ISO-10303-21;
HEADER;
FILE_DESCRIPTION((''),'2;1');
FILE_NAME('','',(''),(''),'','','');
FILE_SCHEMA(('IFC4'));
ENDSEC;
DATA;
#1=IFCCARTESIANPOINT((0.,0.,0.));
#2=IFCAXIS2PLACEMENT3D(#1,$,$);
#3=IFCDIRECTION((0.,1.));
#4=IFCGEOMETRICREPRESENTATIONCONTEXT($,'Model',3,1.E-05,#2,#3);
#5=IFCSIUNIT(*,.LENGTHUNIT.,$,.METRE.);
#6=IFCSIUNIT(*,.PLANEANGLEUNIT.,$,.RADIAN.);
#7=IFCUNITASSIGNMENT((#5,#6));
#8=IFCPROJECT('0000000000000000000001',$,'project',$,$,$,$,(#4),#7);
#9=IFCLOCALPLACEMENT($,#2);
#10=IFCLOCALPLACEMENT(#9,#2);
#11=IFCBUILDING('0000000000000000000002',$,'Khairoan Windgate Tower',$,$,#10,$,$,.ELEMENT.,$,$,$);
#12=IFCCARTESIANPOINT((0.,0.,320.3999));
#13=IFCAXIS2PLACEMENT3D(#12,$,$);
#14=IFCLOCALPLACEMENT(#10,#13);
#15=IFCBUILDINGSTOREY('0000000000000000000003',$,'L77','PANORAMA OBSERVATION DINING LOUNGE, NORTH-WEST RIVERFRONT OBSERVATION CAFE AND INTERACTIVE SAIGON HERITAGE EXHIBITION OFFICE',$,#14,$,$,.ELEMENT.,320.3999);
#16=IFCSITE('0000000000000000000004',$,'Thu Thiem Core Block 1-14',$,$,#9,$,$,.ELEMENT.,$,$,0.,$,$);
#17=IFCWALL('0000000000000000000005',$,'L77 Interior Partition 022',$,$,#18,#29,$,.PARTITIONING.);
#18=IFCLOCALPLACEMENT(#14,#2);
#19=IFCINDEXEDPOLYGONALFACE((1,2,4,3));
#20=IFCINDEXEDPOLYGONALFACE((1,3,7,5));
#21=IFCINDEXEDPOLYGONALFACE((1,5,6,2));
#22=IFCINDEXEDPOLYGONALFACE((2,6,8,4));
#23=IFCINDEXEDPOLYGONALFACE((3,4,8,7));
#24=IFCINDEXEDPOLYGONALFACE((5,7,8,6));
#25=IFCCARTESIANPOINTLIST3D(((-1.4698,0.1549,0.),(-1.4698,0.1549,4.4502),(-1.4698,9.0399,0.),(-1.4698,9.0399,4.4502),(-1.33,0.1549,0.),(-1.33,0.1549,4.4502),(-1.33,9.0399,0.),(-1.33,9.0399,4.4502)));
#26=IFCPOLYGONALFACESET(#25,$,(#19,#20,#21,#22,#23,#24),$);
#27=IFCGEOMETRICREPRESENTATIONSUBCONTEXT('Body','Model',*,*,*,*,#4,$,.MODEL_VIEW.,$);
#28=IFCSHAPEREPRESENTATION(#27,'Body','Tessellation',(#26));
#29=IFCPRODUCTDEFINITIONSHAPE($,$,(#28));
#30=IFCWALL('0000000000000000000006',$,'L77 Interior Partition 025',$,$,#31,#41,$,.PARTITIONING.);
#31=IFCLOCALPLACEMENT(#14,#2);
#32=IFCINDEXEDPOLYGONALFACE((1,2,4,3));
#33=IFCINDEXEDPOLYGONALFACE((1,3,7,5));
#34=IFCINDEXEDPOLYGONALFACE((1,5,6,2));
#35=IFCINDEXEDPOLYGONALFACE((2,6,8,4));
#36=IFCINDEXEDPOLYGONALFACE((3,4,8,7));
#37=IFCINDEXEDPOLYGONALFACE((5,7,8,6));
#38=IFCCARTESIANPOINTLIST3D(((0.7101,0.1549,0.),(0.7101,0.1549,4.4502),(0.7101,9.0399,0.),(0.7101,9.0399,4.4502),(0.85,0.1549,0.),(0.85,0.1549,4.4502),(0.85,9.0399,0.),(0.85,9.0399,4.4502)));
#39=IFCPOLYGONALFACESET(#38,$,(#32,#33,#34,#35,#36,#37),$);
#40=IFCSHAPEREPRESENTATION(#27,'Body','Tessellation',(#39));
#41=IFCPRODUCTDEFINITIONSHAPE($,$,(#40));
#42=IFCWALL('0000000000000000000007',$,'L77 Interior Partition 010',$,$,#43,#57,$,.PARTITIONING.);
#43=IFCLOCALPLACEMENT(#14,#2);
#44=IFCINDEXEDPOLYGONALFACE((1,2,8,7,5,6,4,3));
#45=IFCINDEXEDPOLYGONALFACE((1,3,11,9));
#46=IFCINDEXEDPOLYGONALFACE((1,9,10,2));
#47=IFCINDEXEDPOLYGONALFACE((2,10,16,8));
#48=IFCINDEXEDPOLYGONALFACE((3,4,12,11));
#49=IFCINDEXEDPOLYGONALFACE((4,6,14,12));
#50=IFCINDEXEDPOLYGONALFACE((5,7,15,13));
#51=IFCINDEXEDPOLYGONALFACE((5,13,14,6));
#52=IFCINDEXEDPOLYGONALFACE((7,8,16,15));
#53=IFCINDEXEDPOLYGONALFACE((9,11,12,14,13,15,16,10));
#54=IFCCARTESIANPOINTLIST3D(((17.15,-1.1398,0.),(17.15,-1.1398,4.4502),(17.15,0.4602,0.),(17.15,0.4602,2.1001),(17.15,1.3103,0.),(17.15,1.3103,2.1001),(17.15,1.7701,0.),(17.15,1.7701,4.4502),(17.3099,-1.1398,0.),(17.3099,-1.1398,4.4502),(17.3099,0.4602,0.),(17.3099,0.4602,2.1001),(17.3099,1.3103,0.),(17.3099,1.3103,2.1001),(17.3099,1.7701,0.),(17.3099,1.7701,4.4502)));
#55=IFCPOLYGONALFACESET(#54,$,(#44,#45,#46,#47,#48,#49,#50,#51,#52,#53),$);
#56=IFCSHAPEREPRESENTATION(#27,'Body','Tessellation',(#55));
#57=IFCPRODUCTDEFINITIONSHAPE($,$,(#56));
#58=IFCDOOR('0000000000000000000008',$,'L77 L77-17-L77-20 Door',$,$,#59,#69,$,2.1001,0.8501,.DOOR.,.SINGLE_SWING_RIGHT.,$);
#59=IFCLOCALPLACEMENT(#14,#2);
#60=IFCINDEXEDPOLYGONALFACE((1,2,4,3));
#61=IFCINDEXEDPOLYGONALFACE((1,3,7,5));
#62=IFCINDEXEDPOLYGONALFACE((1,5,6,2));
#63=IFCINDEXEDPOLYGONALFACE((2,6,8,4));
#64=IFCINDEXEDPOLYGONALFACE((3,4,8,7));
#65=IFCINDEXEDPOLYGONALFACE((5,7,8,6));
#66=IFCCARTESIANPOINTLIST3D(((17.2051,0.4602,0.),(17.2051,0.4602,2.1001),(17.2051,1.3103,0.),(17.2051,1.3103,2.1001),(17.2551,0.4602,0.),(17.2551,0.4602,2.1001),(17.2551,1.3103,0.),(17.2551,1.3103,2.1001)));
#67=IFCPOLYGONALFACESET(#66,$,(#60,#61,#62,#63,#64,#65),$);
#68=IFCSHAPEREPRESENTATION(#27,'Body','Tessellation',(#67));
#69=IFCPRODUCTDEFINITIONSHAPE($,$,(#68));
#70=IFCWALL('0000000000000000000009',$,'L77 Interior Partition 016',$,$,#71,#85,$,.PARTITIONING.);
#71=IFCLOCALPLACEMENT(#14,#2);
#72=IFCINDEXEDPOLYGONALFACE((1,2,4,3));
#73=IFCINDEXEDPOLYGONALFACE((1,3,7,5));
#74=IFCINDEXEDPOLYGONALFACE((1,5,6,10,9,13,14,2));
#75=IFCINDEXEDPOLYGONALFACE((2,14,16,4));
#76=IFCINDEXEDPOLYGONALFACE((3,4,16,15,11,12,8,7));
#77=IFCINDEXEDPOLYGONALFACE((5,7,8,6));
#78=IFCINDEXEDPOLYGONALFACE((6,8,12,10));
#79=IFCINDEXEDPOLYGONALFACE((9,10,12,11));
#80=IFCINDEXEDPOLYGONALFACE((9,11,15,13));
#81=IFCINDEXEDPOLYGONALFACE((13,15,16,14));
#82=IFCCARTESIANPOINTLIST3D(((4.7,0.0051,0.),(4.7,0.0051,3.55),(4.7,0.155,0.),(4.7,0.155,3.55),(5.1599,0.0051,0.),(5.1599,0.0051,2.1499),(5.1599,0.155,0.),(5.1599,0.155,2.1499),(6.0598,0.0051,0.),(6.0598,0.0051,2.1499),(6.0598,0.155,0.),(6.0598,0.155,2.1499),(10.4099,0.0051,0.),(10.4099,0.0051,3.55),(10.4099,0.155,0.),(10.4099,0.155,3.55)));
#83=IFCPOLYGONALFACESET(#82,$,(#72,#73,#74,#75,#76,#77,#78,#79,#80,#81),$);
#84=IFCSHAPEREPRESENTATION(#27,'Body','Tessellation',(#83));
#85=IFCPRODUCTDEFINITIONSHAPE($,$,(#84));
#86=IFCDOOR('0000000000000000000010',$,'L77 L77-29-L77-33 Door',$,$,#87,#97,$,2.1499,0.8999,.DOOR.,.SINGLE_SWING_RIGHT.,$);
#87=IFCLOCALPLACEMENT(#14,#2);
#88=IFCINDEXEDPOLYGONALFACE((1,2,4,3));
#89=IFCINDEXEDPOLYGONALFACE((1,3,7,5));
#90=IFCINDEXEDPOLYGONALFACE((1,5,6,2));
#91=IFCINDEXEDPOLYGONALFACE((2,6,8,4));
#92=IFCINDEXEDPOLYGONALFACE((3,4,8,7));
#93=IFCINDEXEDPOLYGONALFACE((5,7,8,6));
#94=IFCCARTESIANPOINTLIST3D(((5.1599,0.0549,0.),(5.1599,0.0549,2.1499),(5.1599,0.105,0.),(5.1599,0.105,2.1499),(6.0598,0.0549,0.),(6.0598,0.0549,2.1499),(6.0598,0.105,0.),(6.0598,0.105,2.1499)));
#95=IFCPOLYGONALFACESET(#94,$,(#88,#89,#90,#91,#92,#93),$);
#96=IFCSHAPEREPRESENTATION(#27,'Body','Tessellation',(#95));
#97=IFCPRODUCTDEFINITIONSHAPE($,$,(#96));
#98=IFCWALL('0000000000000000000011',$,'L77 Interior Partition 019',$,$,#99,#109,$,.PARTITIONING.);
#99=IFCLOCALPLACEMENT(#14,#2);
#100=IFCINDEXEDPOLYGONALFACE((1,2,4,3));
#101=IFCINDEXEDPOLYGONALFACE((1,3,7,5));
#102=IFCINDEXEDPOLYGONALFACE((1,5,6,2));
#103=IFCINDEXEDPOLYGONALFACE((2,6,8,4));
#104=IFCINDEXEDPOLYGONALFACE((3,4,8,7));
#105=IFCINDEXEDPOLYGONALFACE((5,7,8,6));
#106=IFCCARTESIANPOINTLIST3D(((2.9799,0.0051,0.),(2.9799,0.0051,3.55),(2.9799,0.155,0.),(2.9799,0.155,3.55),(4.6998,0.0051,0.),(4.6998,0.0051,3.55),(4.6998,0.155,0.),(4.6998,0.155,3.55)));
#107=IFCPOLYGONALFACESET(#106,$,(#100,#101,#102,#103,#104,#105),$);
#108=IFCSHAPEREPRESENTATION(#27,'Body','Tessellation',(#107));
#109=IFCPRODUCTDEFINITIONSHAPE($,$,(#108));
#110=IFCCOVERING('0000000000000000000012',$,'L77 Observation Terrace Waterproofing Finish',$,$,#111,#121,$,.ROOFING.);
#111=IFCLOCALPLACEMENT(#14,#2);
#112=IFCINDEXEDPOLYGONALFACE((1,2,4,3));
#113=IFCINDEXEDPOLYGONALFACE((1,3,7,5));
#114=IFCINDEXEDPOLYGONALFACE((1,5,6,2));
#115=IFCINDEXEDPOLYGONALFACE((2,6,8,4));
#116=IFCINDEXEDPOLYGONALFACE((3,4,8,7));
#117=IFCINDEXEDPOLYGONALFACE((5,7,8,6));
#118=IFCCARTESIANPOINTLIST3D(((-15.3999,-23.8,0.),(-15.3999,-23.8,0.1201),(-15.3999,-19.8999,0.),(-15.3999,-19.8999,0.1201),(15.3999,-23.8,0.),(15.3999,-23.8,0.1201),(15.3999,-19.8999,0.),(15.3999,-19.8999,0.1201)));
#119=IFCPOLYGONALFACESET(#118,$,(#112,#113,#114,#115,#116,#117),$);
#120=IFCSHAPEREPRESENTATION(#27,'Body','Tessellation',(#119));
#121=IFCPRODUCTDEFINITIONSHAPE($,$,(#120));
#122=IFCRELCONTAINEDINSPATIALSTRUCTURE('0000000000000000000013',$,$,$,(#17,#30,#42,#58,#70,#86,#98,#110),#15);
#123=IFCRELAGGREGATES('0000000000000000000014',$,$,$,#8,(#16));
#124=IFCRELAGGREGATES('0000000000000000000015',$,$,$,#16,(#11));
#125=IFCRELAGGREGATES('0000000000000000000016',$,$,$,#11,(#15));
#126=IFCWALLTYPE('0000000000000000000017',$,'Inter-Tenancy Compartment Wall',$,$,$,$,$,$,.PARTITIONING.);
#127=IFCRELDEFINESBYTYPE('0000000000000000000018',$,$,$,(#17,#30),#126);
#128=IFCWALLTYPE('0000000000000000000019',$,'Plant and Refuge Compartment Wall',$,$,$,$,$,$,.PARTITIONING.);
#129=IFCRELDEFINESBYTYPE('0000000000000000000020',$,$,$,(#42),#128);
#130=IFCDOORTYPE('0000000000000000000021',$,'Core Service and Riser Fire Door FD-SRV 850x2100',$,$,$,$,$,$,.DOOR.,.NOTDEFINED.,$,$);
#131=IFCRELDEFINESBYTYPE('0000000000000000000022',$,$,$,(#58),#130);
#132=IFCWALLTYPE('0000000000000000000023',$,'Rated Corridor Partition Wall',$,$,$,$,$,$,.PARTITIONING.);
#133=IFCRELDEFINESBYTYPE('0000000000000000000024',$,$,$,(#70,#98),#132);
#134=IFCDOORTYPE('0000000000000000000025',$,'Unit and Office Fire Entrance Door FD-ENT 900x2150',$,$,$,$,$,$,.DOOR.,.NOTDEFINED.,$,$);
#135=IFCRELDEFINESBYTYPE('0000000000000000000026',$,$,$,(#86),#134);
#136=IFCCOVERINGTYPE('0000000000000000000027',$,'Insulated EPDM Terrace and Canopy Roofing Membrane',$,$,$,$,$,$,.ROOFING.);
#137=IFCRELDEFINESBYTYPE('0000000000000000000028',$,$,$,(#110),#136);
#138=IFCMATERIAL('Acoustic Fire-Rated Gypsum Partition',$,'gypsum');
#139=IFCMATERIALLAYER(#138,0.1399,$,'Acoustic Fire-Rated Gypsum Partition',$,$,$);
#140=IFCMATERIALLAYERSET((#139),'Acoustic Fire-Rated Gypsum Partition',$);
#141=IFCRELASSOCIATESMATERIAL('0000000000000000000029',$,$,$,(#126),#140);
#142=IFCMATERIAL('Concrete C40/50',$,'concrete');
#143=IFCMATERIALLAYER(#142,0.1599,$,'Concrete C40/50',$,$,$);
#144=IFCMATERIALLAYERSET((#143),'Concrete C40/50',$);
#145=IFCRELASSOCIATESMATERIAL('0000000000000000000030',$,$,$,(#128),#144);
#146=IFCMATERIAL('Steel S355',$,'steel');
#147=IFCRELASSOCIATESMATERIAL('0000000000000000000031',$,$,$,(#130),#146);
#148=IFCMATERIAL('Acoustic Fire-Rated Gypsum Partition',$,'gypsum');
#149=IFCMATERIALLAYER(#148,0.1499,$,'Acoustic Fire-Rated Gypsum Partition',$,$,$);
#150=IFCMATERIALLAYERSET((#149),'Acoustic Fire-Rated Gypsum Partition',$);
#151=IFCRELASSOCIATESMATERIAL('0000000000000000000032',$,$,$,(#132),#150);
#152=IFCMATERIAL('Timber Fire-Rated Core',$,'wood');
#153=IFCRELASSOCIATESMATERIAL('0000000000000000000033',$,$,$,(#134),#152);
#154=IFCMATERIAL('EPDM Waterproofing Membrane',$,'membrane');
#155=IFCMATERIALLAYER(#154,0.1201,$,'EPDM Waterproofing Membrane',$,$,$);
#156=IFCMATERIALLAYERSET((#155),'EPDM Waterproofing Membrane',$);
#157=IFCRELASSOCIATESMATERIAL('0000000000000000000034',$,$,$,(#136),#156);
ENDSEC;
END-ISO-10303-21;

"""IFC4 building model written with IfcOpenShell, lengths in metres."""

from ifc_helpers import new_model, si_unit, direction, frame, frame_2d, origin, place, context, subcontext, project, spatial, polyline, rectangle, outline, extrude, material, layer, layer_set, type_object, element, fill, save


model = new_model("IFC4")

# Units and contexts
model_context = context("Model", 3, precision=1e-05, world=origin(), true_north=direction((0.0, 1.0)))
body_context = subcontext(model_context, "Body", "Model", "MODEL_VIEW")
ifc_project = project(units=[si_unit("LENGTHUNIT", "METRE"), si_unit("PLANEANGLEUNIT", "RADIAN")], contexts=[model_context])

# Site, building, storey
site_placement = place(None, origin())
site = spatial("IfcSite", under=ifc_project, at=site_placement, Name="Thu Thiem Core Block 1-14", CompositionType="ELEMENT", RefElevation=0.0)
building_placement = place(site_placement, origin())
building = spatial("IfcBuilding", under=site, at=building_placement, Name="Khairoan Windgate Tower", CompositionType="ELEMENT")
storey_placement = place(building_placement, frame((0.0, 0.0, 320.3999)))
storey = spatial("IfcBuildingStorey", under=building, at=storey_placement, Name="L77", Description="PANORAMA OBSERVATION DINING LOUNGE, NORTH-WEST RIVERFRONT OBSERVATION CAFE AND INTERACTIVE SAIGON HERITAGE EXHIBITION OFFICE", CompositionType="ELEMENT", Elevation=320.3999)

# Walls
ifc_material_1 = material(Name="Acoustic Fire-Rated Gypsum Partition", Category="gypsum")
ifc_layer_1 = layer(ifc_material_1, 0.1399, Name="Acoustic Fire-Rated Gypsum Partition")
ifc_layer_set_1 = layer_set([ifc_layer_1], Name="Acoustic Fire-Rated Gypsum Partition")
wall_type_1 = type_object("IfcWallType", Name="Inter-Tenancy Compartment Wall", PredefinedType="PARTITIONING", material=ifc_layer_set_1)
for number, where, z_axis, x_axis, name in (
    (1, (-1.3999, 0.155, 0.0), (0.0, 0.0, 1.0), (0.0, 1.0, 0.0), "L77 Interior Partition 022"),
    (2, (0.78, 0.155, 0.0), (0.0, 0.0, 1.0), (0.0, 1.0, 0.0), "L77 Interior Partition 025"),
):
    element("IfcWall", number, at=place(storey_placement, frame(where, z_axis=z_axis, x_axis=x_axis)), inside=storey, type_object=wall_type_1, Name=name, PredefinedType="PARTITIONING", context=body_context, shape_type="SweptSolid", body=[
        extrude(rectangle(XDim=8.885, YDim=0.1399, at=frame_2d((4.4424, 0.0))), origin(), (0.0, 0.0, 1.0), 4.4502),
    ])

# Walls, openings, doors
ifc_material_2 = material(Name="Concrete C40/50", Category="concrete")
ifc_layer_2 = layer(ifc_material_2, 0.1599, Name="Concrete C40/50")
ifc_layer_set_2 = layer_set([ifc_layer_2], Name="Concrete C40/50")
wall_type_2 = type_object("IfcWallType", Name="Plant and Refuge Compartment Wall", PredefinedType="PARTITIONING", material=ifc_layer_set_2)
wall_1_placement = place(storey_placement, frame((17.23, -1.1399, 0.0), z_axis=(0.0, 0.0, 1.0), x_axis=(0.0, 1.0, 0.0)))
wall_1 = element("IfcWall", 3, at=wall_1_placement, inside=storey, type_object=wall_type_2, Name="L77 Interior Partition 010", PredefinedType="PARTITIONING", context=body_context, shape_type="SweptSolid", body=[
    extrude(rectangle(XDim=2.9099, YDim=0.1599, at=frame_2d((1.4551, 0.0))), origin(), (0.0, 0.0, 1.0), 4.4502),
])
opening_1_placement = place(wall_1_placement, frame((1.6001, 0.0, 0.0)))
opening_1 = element("IfcOpeningElement", 4, at=opening_1_placement, cuts=wall_1, PredefinedType="OPENING", context=body_context, shape_type="SweptSolid", body=[
    extrude(rectangle(XDim=0.8501, YDim=2.1001, at=frame_2d((0.425, 1.05))), frame((0.0, 0.0898, 0.0), z_axis=(0.0, -1.0, 0.0), x_axis=(1.0, 0.0, 0.0)), (0.0, 0.0, 1.0), 0.1799),
])
ifc_material_3 = material(Name="Steel S355", Category="steel")
door_type_1 = type_object("IfcDoorType", Name="Core Service and Riser Fire Door FD-SRV 850x2100", OperationType="NOTDEFINED", PredefinedType="DOOR", material=ifc_material_3)
door_1_placement = place(opening_1_placement, origin())
door_1 = element("IfcDoor", 5, at=door_1_placement, inside=storey, type_object=door_type_1, Name="L77 L77-17-L77-20 Door", OperationType="SINGLE_SWING_RIGHT", OverallHeight=2.1001, OverallWidth=0.8501, PredefinedType="DOOR", context=body_context, shape_type="SweptSolid", body=[
    extrude(rectangle(XDim=0.8501, YDim=2.1001, at=frame_2d((0.425, 1.05))), frame((0.0, 0.0249, 0.0), z_axis=(0.0, -1.0, 0.0), x_axis=(1.0, 0.0, 0.0)), (0.0, 0.0, 1.0), 0.05),
])
fill(opening_1, door_1)
ifc_material_4 = material(Name="Acoustic Fire-Rated Gypsum Partition", Category="gypsum")
ifc_layer_3 = layer(ifc_material_4, 0.1499, Name="Acoustic Fire-Rated Gypsum Partition")
ifc_layer_set_3 = layer_set([ifc_layer_3], Name="Acoustic Fire-Rated Gypsum Partition")
wall_type_3 = type_object("IfcWallType", Name="Rated Corridor Partition Wall", PredefinedType="PARTITIONING", material=ifc_layer_set_3)
wall_2_placement = place(storey_placement, frame((4.7, 0.0801, 0.0), z_axis=(0.0, 0.0, 1.0), x_axis=(1.0, 0.0, 0.0)))
wall_2 = element("IfcWall", 6, at=wall_2_placement, inside=storey, type_object=wall_type_3, Name="L77 Interior Partition 016", PredefinedType="PARTITIONING", context=body_context, shape_type="SweptSolid", body=[
    extrude(rectangle(XDim=5.71, YDim=0.1499, at=frame_2d((2.855, 0.0))), origin(), (0.0, 0.0, 1.0), 3.55),
])
opening_2_placement = place(wall_2_placement, frame((0.46, 0.0, 0.0)))
opening_2 = element("IfcOpeningElement", 7, at=opening_2_placement, cuts=wall_2, PredefinedType="OPENING", context=body_context, shape_type="SweptSolid", body=[
    extrude(rectangle(XDim=0.8999, YDim=2.1499, at=frame_2d((0.45, 1.075))), frame((0.0, 0.085, 0.0), z_axis=(0.0, -1.0, 0.0), x_axis=(1.0, 0.0, 0.0)), (0.0, 0.0, 1.0), 0.1699),
])
ifc_material_5 = material(Name="Timber Fire-Rated Core", Category="wood")
door_type_2 = type_object("IfcDoorType", Name="Unit and Office Fire Entrance Door FD-ENT 900x2150", OperationType="NOTDEFINED", PredefinedType="DOOR", material=ifc_material_5)
door_2_placement = place(opening_2_placement, origin())
door_2 = element("IfcDoor", 8, at=door_2_placement, inside=storey, type_object=door_type_2, Name="L77 L77-29-L77-33 Door", OperationType="SINGLE_SWING_RIGHT", OverallHeight=2.1499, OverallWidth=0.8999, PredefinedType="DOOR", context=body_context, shape_type="SweptSolid", body=[
    extrude(rectangle(XDim=0.8999, YDim=2.1499, at=frame_2d((0.45, 1.075))), frame((0.0, 0.0249, 0.0), z_axis=(0.0, -1.0, 0.0), x_axis=(1.0, 0.0, 0.0)), (0.0, 0.0, 1.0), 0.05),
])
fill(opening_2, door_2)

# Wall
wall_3_placement = place(storey_placement, frame((2.98, 0.0801, 0.0), z_axis=(0.0, 0.0, 1.0), x_axis=(1.0, 0.0, 0.0)))
element("IfcWall", 9, at=wall_3_placement, inside=storey, type_object=wall_type_3, Name="L77 Interior Partition 019", PredefinedType="PARTITIONING", context=body_context, shape_type="SweptSolid", body=[
    extrude(rectangle(XDim=1.72, YDim=0.1499, at=frame_2d((0.8599, 0.0))), origin(), (0.0, 0.0, 1.0), 3.55),
])

# Covering
ifc_material_6 = material(Name="EPDM Waterproofing Membrane", Category="membrane")
ifc_layer_4 = layer(ifc_material_6, 0.1201, Name="EPDM Waterproofing Membrane")
ifc_layer_set_4 = layer_set([ifc_layer_4], Name="EPDM Waterproofing Membrane")
covering_type = type_object("IfcCoveringType", Name="Insulated EPDM Terrace and Canopy Roofing Membrane", PredefinedType="ROOFING", material=ifc_layer_set_4)
covering_placement = place(storey_placement, origin())
element("IfcCovering", 10, at=covering_placement, inside=storey, type_object=covering_type, Name="L77 Observation Terrace Waterproofing Finish", PredefinedType="ROOFING", context=body_context, shape_type="SweptSolid", body=[
    extrude(outline(polyline([(-15.3999, -23.8), (15.3999, -23.8), (15.3999, -19.8999), (-15.3999, -19.8999), (-15.3999, -23.8)])), origin(), (0.0, 0.0, 1.0), 0.1201),
])

save(model, "model.ifc")
